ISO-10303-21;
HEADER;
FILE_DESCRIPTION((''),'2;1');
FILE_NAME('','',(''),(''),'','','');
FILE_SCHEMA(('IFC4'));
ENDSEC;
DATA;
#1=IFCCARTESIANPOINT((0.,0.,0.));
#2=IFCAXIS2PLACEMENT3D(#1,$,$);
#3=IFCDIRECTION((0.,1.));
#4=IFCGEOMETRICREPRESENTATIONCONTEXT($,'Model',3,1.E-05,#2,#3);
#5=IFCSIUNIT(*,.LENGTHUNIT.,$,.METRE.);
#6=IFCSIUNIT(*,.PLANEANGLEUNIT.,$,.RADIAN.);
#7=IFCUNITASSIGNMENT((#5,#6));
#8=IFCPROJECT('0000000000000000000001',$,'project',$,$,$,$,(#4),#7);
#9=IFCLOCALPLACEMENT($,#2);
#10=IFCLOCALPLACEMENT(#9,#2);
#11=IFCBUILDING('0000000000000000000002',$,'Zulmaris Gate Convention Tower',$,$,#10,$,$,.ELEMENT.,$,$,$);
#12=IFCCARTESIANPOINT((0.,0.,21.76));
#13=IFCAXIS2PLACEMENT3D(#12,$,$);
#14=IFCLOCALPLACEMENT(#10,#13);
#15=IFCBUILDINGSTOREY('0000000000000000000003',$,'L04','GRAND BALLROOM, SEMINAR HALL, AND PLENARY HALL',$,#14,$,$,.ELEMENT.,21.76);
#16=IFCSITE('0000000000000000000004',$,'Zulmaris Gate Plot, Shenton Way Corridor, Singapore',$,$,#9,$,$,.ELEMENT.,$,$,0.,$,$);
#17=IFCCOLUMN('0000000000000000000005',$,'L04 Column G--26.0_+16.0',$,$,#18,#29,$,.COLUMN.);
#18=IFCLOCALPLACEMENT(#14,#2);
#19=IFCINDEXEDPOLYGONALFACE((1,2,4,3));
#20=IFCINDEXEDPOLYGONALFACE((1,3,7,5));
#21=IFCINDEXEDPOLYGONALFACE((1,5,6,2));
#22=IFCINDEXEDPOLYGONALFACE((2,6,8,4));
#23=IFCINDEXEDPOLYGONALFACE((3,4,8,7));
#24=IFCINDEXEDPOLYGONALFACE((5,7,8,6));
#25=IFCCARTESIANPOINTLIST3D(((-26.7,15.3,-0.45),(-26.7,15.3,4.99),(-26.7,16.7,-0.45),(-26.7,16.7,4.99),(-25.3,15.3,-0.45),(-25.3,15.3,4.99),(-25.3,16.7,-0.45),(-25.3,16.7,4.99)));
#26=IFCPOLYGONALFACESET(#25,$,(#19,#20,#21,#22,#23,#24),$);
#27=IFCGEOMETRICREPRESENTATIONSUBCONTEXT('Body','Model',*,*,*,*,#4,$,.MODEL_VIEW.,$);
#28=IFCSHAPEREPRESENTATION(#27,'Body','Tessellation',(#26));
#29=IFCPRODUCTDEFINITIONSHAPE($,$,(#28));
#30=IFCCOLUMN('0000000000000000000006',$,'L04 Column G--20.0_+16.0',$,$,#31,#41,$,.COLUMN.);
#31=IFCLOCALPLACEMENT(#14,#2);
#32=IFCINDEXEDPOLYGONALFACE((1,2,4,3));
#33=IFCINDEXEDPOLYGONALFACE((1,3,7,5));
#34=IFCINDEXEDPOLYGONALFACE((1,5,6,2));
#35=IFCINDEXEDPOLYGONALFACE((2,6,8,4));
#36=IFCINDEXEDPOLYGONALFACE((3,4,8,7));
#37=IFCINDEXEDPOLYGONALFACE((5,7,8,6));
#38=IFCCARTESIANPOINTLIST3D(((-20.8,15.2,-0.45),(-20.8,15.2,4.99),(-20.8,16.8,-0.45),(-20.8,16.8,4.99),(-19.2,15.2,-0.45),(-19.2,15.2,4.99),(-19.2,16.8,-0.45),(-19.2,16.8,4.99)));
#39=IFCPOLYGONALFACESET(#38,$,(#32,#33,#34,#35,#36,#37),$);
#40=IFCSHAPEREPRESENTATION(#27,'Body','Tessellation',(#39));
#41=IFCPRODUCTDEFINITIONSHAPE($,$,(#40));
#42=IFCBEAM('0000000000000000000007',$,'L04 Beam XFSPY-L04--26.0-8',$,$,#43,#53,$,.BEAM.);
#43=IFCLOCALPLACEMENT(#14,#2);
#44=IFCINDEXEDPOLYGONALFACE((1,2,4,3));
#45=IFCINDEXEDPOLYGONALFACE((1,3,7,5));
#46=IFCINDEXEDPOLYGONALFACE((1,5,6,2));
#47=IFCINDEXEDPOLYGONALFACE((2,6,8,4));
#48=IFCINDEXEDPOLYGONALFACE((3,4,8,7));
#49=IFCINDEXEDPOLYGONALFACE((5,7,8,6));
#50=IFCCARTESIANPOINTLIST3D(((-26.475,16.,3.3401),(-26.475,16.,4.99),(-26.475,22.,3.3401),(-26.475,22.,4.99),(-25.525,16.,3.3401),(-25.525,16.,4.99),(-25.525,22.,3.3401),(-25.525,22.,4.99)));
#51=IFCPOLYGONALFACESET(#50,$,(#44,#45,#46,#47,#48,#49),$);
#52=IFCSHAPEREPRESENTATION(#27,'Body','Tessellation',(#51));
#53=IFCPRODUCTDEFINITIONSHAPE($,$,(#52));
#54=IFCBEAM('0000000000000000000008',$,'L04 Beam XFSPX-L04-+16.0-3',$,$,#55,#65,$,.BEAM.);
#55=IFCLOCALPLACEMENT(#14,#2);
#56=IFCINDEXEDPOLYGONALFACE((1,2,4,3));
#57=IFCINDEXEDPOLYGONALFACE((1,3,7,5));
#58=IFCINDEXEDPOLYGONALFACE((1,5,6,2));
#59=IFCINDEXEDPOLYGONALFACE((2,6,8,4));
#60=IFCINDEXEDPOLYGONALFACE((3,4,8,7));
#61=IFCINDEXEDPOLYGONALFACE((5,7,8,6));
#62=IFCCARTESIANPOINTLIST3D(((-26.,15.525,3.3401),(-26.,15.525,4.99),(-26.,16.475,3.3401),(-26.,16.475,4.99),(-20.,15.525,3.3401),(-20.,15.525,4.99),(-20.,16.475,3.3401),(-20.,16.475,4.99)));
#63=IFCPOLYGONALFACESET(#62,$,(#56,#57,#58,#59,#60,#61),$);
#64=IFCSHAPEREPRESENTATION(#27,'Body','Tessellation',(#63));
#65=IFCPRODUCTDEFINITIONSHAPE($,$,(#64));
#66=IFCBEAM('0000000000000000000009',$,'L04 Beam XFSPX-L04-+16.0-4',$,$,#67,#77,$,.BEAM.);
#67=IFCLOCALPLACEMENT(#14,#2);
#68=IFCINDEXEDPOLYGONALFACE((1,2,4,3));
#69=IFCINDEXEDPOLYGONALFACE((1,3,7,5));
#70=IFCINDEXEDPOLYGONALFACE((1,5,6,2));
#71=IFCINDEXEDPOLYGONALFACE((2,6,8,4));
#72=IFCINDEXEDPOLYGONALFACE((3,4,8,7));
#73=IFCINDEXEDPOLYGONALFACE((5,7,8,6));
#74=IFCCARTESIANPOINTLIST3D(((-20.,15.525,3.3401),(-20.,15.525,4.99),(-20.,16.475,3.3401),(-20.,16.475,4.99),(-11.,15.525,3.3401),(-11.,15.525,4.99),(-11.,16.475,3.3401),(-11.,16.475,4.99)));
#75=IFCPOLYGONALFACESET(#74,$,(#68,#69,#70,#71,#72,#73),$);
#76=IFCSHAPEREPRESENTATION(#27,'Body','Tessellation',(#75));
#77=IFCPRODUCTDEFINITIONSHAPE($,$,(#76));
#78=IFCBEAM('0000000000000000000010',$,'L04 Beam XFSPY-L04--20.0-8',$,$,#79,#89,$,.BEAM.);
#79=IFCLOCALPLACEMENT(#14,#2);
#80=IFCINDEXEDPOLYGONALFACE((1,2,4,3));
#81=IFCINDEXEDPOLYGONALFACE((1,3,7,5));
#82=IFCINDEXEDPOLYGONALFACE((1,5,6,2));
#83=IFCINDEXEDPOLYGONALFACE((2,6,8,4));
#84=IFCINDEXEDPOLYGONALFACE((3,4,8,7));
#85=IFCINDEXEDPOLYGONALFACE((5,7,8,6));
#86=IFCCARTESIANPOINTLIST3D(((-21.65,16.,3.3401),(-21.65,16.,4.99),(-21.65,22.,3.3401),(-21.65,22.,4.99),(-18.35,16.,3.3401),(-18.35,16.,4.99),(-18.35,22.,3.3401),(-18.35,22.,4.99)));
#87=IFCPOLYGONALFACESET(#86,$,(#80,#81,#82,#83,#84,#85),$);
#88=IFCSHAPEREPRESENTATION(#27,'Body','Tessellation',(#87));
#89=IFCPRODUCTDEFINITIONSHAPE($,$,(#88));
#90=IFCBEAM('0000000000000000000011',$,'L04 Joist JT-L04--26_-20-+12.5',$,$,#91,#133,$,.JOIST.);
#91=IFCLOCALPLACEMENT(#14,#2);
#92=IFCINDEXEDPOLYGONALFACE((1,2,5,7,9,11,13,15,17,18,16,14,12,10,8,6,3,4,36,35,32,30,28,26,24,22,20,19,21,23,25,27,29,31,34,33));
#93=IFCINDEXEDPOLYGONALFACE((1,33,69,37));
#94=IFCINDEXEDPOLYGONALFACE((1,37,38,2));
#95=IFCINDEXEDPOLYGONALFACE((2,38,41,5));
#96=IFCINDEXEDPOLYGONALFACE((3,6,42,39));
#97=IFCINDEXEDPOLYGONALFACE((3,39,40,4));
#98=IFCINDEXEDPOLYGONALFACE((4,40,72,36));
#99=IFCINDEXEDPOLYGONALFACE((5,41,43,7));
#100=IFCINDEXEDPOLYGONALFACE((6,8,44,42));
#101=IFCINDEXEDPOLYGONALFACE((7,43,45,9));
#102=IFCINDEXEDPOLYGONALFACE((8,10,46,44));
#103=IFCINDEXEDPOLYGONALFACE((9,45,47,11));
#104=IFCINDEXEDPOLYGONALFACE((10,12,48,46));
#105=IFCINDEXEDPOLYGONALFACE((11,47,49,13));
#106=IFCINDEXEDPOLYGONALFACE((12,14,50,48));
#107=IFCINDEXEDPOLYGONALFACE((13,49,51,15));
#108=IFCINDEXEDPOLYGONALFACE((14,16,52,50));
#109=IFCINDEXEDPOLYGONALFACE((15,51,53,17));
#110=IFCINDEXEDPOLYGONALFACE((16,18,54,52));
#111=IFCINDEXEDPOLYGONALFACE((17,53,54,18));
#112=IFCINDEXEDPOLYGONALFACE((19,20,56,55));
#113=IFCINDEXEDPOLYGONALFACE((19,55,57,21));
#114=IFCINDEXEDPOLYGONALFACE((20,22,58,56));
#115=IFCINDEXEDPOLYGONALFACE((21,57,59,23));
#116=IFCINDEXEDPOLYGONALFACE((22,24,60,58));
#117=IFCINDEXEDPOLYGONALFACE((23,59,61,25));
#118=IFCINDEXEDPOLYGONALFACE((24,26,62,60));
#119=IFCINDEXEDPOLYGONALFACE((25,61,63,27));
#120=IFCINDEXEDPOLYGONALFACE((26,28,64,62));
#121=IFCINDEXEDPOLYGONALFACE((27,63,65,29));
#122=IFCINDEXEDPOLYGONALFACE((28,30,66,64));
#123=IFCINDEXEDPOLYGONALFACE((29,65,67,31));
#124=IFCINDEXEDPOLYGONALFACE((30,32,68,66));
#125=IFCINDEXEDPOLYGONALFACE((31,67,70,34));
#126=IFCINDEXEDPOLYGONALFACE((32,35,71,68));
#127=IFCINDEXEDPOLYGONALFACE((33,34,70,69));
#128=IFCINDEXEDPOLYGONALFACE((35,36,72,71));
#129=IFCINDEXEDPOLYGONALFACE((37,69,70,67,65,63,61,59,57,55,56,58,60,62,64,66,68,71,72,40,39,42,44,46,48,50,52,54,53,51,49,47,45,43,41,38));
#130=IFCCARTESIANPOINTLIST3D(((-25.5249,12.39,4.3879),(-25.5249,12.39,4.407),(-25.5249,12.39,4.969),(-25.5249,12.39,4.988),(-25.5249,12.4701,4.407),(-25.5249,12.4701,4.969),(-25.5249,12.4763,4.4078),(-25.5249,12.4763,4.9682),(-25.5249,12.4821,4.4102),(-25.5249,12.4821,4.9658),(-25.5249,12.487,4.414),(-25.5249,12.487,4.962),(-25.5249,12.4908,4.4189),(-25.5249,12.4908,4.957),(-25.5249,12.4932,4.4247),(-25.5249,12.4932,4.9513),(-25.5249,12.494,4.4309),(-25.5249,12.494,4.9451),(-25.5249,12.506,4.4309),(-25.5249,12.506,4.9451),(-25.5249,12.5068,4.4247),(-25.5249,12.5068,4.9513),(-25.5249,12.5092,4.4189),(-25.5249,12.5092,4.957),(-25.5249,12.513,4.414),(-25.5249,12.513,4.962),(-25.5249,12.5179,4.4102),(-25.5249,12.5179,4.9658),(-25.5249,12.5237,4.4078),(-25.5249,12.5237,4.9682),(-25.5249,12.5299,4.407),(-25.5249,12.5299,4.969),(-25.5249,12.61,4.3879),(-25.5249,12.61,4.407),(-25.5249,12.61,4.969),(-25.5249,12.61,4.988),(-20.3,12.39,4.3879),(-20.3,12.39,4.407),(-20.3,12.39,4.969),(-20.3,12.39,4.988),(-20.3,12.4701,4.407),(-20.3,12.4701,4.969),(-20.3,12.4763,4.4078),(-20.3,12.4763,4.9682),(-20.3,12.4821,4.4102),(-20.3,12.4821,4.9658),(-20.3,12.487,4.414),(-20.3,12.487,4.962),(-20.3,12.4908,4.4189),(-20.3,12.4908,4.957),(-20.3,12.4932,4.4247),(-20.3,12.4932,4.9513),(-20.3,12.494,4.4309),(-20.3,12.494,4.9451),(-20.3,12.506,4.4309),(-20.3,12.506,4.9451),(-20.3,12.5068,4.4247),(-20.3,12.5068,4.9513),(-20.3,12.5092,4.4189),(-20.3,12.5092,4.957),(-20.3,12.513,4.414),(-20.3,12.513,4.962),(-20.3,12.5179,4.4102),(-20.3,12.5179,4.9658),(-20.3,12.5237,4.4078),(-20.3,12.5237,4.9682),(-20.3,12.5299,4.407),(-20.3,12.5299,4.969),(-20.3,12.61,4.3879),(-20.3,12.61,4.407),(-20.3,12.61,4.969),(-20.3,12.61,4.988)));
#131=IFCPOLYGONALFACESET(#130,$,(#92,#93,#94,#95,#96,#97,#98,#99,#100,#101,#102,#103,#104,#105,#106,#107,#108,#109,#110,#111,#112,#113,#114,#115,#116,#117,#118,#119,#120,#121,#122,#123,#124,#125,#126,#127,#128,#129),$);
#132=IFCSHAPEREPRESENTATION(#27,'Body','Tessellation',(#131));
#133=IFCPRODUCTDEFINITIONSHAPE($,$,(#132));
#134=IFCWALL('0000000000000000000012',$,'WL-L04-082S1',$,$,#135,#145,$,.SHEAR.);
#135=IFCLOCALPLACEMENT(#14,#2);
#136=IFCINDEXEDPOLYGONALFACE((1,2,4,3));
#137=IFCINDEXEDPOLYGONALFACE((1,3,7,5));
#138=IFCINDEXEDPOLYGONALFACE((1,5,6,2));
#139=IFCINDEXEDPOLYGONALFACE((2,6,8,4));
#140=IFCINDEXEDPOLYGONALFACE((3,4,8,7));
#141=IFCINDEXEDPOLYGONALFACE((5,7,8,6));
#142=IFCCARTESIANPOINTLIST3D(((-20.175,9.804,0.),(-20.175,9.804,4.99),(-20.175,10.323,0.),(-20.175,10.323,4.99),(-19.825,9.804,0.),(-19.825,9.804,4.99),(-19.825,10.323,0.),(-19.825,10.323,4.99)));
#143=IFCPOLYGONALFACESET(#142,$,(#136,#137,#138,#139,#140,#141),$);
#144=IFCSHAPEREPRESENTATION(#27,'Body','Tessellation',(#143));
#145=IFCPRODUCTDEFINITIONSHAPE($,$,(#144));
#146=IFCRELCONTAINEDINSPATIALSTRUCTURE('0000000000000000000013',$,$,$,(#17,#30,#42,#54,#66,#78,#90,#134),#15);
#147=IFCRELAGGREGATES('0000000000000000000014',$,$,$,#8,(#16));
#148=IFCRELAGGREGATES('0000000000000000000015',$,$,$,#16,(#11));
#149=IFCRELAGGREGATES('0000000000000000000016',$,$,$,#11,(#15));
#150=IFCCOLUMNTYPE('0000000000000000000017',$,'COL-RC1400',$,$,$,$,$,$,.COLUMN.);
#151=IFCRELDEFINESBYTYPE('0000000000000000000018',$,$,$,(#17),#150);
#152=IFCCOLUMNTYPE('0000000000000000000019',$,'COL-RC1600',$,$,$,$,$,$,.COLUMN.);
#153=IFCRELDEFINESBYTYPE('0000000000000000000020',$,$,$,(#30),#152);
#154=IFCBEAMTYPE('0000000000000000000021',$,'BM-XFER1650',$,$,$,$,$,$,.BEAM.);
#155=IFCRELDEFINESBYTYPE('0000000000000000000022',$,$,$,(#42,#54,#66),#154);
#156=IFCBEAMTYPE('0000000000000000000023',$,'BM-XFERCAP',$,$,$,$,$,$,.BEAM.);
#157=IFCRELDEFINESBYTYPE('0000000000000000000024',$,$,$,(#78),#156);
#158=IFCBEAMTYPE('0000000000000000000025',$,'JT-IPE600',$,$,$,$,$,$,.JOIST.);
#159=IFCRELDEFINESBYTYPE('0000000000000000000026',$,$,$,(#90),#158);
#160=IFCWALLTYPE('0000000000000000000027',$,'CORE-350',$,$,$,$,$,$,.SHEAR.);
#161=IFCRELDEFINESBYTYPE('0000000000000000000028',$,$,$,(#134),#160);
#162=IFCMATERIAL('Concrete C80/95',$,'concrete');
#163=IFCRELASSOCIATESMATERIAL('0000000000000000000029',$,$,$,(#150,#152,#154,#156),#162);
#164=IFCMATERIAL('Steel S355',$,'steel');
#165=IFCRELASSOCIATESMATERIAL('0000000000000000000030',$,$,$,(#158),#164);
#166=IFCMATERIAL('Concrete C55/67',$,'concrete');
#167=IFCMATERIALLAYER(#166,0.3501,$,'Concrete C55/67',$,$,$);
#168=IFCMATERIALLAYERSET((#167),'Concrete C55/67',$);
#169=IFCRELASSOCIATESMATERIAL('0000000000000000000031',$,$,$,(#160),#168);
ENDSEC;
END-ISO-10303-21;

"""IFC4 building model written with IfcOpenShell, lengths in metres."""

from ifc_helpers import new_model, si_unit, direction, frame, frame_2d, origin, origin_2d, place, context, subcontext, project, spatial, rectangle, i_section, extrude, material, layer, layer_set, material_profile, profile_set, type_object, element, save


model = new_model("IFC4")

# Units and contexts
model_context = context("Model", 3, precision=1e-05, world=origin(), true_north=direction((0.0, 1.0)))
body_context = subcontext(model_context, "Body", "Model", "MODEL_VIEW")
ifc_project = project(units=[si_unit("LENGTHUNIT", "METRE"), si_unit("PLANEANGLEUNIT", "RADIAN")], contexts=[model_context])

# Site, building, storey
site_placement = place(None, origin())
site = spatial("IfcSite", under=ifc_project, at=site_placement, Name="Zulmaris Gate Plot, Shenton Way Corridor, Singapore", CompositionType="ELEMENT", RefElevation=0.0)
building_placement = place(site_placement, origin())
building = spatial("IfcBuilding", under=site, at=building_placement, Name="Zulmaris Gate Convention Tower", CompositionType="ELEMENT")
storey_placement = place(building_placement, frame((0.0, 0.0, 21.76)))
storey = spatial("IfcBuildingStorey", under=building, at=storey_placement, Name="L04", Description="GRAND BALLROOM, SEMINAR HALL, AND PLENARY HALL", CompositionType="ELEMENT", Elevation=21.76)

# Columns
ifc_material_1 = material(Name="Concrete C80/95", Category="concrete")
ifc_material_profile_1 = material_profile(ifc_material_1, rectangle(XDim=1.3999, YDim=1.3999, at=origin_2d()), Name="RC COL 1400x1400")
ifc_profile_set_1 = profile_set([ifc_material_profile_1], Name="Concrete C80/95")
column_type_1 = type_object("IfcColumnType", Name="COL-RC1400", PredefinedType="COLUMN", material=ifc_profile_set_1)
column_1_placement = place(storey_placement, frame((-26.0, 16.0, -0.45), z_axis=(0.0, 0.0, 1.0), x_axis=(1.0, 0.0, 0.0)))
element("IfcColumn", 1, at=column_1_placement, inside=storey, type_object=column_type_1, Name="L04 Column G--26.0_+16.0", PredefinedType="COLUMN", context=body_context, shape_type="SweptSolid", body=[
    extrude(rectangle(XDim=1.3999, YDim=1.3999, at=origin_2d()), origin(), (0.0, 0.0, 1.0), 5.4399),
])
ifc_material_profile_2 = material_profile(ifc_material_1, rectangle(XDim=1.6001, YDim=1.6001, at=origin_2d()), Name="RC COL 1600x1600")
ifc_profile_set_2 = profile_set([ifc_material_profile_2], Name="Concrete C80/95")
column_type_2 = type_object("IfcColumnType", Name="COL-RC1600", PredefinedType="COLUMN", material=ifc_profile_set_2)
column_2_placement = place(storey_placement, frame((-20.0, 16.0, -0.45), z_axis=(0.0, 0.0, 1.0), x_axis=(1.0, 0.0, 0.0)))
element("IfcColumn", 2, at=column_2_placement, inside=storey, type_object=column_type_2, Name="L04 Column G--20.0_+16.0", PredefinedType="COLUMN", context=body_context, shape_type="SweptSolid", body=[
    extrude(rectangle(XDim=1.6001, YDim=1.6001, at=origin_2d()), origin(), (0.0, 0.0, 1.0), 5.4399),
])

# Beams
ifc_material_profile_3 = material_profile(ifc_material_1, rectangle(XDim=0.95, YDim=1.6499, at=origin_2d()), Name="RC TRANSFER 950x1650")
ifc_profile_set_3 = profile_set([ifc_material_profile_3], Name="Concrete C80/95")
beam_type_1 = type_object("IfcBeamType", Name="BM-XFER1650", PredefinedType="BEAM", material=ifc_profile_set_3)
for number, where, z_axis, x_axis, name in (
    (3, (-26.0, 16.0, 4.165), (0.0, 1.0, 0.0), (-1.0, 0.0, 0.0), "L04 Beam XFSPY-L04--26.0-8"),
    (4, (-26.0, 16.0, 4.165), (1.0, 0.0, 0.0), (0.0, 1.0, 0.0), "L04 Beam XFSPX-L04-+16.0-3"),
):
    element("IfcBeam", number, at=place(storey_placement, frame(where, z_axis=z_axis, x_axis=x_axis)), inside=storey, type_object=beam_type_1, Name=name, PredefinedType="BEAM", context=body_context, shape_type="SweptSolid", body=[
        extrude(rectangle(XDim=0.95, YDim=1.6499, at=origin_2d()), origin(), (0.0, 0.0, 1.0), 6.0),
    ])
beam_1_placement = place(storey_placement, frame((-20.0, 16.0, 4.165), z_axis=(1.0, 0.0, 0.0), x_axis=(0.0, 1.0, 0.0)))
element("IfcBeam", 5, at=beam_1_placement, inside=storey, type_object=beam_type_1, Name="L04 Beam XFSPX-L04-+16.0-4", PredefinedType="BEAM", context=body_context, shape_type="SweptSolid", body=[
    extrude(rectangle(XDim=0.95, YDim=1.6499, at=origin_2d()), origin(), (0.0, 0.0, 1.0), 9.0),
])
ifc_material_profile_4 = material_profile(ifc_material_1, rectangle(XDim=3.3, YDim=1.6499, at=origin_2d()), Name="RC TRANSFER 3300x1650")
ifc_profile_set_4 = profile_set([ifc_material_profile_4], Name="Concrete C80/95")
beam_type_2 = type_object("IfcBeamType", Name="BM-XFERCAP", PredefinedType="BEAM", material=ifc_profile_set_4)
beam_2_placement = place(storey_placement, frame((-20.0, 16.0, 4.165), z_axis=(0.0, 1.0, 0.0), x_axis=(-1.0, 0.0, 0.0)))
element("IfcBeam", 6, at=beam_2_placement, inside=storey, type_object=beam_type_2, Name="L04 Beam XFSPY-L04--20.0-8", PredefinedType="BEAM", context=body_context, shape_type="SweptSolid", body=[
    extrude(rectangle(XDim=3.3, YDim=1.6499, at=origin_2d()), origin(), (0.0, 0.0, 1.0), 6.0),
])
ifc_material_2 = material(Name="Steel S355", Category="steel")
ifc_material_profile_5 = material_profile(ifc_material_2, i_section(OverallWidth=0.22, OverallDepth=0.6001, WebThickness=0.012, FlangeThickness=0.019, FilletRadius=0.0239, at=origin_2d()), Name="IPE 600")
ifc_profile_set_5 = profile_set([ifc_material_profile_5], Name="Steel S355")
beam_type_3 = type_object("IfcBeamType", Name="JT-IPE600", PredefinedType="JOIST", material=ifc_profile_set_5)
beam_3_placement = place(storey_placement, frame((-25.5249, 12.5, 4.688), z_axis=(1.0, 0.0, 0.0), x_axis=(0.0, 1.0, 0.0)))
element("IfcBeam", 7, at=beam_3_placement, inside=storey, type_object=beam_type_3, Name="L04 Joist JT-L04--26_-20-+12.5", PredefinedType="JOIST", context=body_context, shape_type="SweptSolid", body=[
    extrude(i_section(OverallWidth=0.22, OverallDepth=0.6001, WebThickness=0.012, FlangeThickness=0.019, FilletRadius=0.0239, at=origin_2d()), origin(), (0.0, 0.0, 1.0), 5.2249),
])

# Shared definitions
ifc_material_3 = material(Name="Concrete C55/67", Category="concrete")
ifc_layer_1 = layer(ifc_material_3, 0.3501, Name="Concrete C55/67")
ifc_layer_set_1 = layer_set([ifc_layer_1], Name="Concrete C55/67")
wall_type_1 = type_object("IfcWallType", Name="CORE-350", PredefinedType="SHEAR", material=ifc_layer_set_1)

# Wall
wall_1_placement = place(storey_placement, frame((-20.0, 9.804, 0.0), z_axis=(0.0, 0.0, 1.0), x_axis=(0.0, 1.0, 0.0)))
element("IfcWall", 8, at=wall_1_placement, inside=storey, type_object=wall_type_1, Name="WL-L04-082S1", PredefinedType="SHEAR", context=body_context, shape_type="SweptSolid", body=[
    extrude(rectangle(XDim=0.519, YDim=0.3501, at=frame_2d((0.2595, 0.0))), origin(), (0.0, 0.0, 1.0), 4.99),
])

save(model, "model.ifc")
